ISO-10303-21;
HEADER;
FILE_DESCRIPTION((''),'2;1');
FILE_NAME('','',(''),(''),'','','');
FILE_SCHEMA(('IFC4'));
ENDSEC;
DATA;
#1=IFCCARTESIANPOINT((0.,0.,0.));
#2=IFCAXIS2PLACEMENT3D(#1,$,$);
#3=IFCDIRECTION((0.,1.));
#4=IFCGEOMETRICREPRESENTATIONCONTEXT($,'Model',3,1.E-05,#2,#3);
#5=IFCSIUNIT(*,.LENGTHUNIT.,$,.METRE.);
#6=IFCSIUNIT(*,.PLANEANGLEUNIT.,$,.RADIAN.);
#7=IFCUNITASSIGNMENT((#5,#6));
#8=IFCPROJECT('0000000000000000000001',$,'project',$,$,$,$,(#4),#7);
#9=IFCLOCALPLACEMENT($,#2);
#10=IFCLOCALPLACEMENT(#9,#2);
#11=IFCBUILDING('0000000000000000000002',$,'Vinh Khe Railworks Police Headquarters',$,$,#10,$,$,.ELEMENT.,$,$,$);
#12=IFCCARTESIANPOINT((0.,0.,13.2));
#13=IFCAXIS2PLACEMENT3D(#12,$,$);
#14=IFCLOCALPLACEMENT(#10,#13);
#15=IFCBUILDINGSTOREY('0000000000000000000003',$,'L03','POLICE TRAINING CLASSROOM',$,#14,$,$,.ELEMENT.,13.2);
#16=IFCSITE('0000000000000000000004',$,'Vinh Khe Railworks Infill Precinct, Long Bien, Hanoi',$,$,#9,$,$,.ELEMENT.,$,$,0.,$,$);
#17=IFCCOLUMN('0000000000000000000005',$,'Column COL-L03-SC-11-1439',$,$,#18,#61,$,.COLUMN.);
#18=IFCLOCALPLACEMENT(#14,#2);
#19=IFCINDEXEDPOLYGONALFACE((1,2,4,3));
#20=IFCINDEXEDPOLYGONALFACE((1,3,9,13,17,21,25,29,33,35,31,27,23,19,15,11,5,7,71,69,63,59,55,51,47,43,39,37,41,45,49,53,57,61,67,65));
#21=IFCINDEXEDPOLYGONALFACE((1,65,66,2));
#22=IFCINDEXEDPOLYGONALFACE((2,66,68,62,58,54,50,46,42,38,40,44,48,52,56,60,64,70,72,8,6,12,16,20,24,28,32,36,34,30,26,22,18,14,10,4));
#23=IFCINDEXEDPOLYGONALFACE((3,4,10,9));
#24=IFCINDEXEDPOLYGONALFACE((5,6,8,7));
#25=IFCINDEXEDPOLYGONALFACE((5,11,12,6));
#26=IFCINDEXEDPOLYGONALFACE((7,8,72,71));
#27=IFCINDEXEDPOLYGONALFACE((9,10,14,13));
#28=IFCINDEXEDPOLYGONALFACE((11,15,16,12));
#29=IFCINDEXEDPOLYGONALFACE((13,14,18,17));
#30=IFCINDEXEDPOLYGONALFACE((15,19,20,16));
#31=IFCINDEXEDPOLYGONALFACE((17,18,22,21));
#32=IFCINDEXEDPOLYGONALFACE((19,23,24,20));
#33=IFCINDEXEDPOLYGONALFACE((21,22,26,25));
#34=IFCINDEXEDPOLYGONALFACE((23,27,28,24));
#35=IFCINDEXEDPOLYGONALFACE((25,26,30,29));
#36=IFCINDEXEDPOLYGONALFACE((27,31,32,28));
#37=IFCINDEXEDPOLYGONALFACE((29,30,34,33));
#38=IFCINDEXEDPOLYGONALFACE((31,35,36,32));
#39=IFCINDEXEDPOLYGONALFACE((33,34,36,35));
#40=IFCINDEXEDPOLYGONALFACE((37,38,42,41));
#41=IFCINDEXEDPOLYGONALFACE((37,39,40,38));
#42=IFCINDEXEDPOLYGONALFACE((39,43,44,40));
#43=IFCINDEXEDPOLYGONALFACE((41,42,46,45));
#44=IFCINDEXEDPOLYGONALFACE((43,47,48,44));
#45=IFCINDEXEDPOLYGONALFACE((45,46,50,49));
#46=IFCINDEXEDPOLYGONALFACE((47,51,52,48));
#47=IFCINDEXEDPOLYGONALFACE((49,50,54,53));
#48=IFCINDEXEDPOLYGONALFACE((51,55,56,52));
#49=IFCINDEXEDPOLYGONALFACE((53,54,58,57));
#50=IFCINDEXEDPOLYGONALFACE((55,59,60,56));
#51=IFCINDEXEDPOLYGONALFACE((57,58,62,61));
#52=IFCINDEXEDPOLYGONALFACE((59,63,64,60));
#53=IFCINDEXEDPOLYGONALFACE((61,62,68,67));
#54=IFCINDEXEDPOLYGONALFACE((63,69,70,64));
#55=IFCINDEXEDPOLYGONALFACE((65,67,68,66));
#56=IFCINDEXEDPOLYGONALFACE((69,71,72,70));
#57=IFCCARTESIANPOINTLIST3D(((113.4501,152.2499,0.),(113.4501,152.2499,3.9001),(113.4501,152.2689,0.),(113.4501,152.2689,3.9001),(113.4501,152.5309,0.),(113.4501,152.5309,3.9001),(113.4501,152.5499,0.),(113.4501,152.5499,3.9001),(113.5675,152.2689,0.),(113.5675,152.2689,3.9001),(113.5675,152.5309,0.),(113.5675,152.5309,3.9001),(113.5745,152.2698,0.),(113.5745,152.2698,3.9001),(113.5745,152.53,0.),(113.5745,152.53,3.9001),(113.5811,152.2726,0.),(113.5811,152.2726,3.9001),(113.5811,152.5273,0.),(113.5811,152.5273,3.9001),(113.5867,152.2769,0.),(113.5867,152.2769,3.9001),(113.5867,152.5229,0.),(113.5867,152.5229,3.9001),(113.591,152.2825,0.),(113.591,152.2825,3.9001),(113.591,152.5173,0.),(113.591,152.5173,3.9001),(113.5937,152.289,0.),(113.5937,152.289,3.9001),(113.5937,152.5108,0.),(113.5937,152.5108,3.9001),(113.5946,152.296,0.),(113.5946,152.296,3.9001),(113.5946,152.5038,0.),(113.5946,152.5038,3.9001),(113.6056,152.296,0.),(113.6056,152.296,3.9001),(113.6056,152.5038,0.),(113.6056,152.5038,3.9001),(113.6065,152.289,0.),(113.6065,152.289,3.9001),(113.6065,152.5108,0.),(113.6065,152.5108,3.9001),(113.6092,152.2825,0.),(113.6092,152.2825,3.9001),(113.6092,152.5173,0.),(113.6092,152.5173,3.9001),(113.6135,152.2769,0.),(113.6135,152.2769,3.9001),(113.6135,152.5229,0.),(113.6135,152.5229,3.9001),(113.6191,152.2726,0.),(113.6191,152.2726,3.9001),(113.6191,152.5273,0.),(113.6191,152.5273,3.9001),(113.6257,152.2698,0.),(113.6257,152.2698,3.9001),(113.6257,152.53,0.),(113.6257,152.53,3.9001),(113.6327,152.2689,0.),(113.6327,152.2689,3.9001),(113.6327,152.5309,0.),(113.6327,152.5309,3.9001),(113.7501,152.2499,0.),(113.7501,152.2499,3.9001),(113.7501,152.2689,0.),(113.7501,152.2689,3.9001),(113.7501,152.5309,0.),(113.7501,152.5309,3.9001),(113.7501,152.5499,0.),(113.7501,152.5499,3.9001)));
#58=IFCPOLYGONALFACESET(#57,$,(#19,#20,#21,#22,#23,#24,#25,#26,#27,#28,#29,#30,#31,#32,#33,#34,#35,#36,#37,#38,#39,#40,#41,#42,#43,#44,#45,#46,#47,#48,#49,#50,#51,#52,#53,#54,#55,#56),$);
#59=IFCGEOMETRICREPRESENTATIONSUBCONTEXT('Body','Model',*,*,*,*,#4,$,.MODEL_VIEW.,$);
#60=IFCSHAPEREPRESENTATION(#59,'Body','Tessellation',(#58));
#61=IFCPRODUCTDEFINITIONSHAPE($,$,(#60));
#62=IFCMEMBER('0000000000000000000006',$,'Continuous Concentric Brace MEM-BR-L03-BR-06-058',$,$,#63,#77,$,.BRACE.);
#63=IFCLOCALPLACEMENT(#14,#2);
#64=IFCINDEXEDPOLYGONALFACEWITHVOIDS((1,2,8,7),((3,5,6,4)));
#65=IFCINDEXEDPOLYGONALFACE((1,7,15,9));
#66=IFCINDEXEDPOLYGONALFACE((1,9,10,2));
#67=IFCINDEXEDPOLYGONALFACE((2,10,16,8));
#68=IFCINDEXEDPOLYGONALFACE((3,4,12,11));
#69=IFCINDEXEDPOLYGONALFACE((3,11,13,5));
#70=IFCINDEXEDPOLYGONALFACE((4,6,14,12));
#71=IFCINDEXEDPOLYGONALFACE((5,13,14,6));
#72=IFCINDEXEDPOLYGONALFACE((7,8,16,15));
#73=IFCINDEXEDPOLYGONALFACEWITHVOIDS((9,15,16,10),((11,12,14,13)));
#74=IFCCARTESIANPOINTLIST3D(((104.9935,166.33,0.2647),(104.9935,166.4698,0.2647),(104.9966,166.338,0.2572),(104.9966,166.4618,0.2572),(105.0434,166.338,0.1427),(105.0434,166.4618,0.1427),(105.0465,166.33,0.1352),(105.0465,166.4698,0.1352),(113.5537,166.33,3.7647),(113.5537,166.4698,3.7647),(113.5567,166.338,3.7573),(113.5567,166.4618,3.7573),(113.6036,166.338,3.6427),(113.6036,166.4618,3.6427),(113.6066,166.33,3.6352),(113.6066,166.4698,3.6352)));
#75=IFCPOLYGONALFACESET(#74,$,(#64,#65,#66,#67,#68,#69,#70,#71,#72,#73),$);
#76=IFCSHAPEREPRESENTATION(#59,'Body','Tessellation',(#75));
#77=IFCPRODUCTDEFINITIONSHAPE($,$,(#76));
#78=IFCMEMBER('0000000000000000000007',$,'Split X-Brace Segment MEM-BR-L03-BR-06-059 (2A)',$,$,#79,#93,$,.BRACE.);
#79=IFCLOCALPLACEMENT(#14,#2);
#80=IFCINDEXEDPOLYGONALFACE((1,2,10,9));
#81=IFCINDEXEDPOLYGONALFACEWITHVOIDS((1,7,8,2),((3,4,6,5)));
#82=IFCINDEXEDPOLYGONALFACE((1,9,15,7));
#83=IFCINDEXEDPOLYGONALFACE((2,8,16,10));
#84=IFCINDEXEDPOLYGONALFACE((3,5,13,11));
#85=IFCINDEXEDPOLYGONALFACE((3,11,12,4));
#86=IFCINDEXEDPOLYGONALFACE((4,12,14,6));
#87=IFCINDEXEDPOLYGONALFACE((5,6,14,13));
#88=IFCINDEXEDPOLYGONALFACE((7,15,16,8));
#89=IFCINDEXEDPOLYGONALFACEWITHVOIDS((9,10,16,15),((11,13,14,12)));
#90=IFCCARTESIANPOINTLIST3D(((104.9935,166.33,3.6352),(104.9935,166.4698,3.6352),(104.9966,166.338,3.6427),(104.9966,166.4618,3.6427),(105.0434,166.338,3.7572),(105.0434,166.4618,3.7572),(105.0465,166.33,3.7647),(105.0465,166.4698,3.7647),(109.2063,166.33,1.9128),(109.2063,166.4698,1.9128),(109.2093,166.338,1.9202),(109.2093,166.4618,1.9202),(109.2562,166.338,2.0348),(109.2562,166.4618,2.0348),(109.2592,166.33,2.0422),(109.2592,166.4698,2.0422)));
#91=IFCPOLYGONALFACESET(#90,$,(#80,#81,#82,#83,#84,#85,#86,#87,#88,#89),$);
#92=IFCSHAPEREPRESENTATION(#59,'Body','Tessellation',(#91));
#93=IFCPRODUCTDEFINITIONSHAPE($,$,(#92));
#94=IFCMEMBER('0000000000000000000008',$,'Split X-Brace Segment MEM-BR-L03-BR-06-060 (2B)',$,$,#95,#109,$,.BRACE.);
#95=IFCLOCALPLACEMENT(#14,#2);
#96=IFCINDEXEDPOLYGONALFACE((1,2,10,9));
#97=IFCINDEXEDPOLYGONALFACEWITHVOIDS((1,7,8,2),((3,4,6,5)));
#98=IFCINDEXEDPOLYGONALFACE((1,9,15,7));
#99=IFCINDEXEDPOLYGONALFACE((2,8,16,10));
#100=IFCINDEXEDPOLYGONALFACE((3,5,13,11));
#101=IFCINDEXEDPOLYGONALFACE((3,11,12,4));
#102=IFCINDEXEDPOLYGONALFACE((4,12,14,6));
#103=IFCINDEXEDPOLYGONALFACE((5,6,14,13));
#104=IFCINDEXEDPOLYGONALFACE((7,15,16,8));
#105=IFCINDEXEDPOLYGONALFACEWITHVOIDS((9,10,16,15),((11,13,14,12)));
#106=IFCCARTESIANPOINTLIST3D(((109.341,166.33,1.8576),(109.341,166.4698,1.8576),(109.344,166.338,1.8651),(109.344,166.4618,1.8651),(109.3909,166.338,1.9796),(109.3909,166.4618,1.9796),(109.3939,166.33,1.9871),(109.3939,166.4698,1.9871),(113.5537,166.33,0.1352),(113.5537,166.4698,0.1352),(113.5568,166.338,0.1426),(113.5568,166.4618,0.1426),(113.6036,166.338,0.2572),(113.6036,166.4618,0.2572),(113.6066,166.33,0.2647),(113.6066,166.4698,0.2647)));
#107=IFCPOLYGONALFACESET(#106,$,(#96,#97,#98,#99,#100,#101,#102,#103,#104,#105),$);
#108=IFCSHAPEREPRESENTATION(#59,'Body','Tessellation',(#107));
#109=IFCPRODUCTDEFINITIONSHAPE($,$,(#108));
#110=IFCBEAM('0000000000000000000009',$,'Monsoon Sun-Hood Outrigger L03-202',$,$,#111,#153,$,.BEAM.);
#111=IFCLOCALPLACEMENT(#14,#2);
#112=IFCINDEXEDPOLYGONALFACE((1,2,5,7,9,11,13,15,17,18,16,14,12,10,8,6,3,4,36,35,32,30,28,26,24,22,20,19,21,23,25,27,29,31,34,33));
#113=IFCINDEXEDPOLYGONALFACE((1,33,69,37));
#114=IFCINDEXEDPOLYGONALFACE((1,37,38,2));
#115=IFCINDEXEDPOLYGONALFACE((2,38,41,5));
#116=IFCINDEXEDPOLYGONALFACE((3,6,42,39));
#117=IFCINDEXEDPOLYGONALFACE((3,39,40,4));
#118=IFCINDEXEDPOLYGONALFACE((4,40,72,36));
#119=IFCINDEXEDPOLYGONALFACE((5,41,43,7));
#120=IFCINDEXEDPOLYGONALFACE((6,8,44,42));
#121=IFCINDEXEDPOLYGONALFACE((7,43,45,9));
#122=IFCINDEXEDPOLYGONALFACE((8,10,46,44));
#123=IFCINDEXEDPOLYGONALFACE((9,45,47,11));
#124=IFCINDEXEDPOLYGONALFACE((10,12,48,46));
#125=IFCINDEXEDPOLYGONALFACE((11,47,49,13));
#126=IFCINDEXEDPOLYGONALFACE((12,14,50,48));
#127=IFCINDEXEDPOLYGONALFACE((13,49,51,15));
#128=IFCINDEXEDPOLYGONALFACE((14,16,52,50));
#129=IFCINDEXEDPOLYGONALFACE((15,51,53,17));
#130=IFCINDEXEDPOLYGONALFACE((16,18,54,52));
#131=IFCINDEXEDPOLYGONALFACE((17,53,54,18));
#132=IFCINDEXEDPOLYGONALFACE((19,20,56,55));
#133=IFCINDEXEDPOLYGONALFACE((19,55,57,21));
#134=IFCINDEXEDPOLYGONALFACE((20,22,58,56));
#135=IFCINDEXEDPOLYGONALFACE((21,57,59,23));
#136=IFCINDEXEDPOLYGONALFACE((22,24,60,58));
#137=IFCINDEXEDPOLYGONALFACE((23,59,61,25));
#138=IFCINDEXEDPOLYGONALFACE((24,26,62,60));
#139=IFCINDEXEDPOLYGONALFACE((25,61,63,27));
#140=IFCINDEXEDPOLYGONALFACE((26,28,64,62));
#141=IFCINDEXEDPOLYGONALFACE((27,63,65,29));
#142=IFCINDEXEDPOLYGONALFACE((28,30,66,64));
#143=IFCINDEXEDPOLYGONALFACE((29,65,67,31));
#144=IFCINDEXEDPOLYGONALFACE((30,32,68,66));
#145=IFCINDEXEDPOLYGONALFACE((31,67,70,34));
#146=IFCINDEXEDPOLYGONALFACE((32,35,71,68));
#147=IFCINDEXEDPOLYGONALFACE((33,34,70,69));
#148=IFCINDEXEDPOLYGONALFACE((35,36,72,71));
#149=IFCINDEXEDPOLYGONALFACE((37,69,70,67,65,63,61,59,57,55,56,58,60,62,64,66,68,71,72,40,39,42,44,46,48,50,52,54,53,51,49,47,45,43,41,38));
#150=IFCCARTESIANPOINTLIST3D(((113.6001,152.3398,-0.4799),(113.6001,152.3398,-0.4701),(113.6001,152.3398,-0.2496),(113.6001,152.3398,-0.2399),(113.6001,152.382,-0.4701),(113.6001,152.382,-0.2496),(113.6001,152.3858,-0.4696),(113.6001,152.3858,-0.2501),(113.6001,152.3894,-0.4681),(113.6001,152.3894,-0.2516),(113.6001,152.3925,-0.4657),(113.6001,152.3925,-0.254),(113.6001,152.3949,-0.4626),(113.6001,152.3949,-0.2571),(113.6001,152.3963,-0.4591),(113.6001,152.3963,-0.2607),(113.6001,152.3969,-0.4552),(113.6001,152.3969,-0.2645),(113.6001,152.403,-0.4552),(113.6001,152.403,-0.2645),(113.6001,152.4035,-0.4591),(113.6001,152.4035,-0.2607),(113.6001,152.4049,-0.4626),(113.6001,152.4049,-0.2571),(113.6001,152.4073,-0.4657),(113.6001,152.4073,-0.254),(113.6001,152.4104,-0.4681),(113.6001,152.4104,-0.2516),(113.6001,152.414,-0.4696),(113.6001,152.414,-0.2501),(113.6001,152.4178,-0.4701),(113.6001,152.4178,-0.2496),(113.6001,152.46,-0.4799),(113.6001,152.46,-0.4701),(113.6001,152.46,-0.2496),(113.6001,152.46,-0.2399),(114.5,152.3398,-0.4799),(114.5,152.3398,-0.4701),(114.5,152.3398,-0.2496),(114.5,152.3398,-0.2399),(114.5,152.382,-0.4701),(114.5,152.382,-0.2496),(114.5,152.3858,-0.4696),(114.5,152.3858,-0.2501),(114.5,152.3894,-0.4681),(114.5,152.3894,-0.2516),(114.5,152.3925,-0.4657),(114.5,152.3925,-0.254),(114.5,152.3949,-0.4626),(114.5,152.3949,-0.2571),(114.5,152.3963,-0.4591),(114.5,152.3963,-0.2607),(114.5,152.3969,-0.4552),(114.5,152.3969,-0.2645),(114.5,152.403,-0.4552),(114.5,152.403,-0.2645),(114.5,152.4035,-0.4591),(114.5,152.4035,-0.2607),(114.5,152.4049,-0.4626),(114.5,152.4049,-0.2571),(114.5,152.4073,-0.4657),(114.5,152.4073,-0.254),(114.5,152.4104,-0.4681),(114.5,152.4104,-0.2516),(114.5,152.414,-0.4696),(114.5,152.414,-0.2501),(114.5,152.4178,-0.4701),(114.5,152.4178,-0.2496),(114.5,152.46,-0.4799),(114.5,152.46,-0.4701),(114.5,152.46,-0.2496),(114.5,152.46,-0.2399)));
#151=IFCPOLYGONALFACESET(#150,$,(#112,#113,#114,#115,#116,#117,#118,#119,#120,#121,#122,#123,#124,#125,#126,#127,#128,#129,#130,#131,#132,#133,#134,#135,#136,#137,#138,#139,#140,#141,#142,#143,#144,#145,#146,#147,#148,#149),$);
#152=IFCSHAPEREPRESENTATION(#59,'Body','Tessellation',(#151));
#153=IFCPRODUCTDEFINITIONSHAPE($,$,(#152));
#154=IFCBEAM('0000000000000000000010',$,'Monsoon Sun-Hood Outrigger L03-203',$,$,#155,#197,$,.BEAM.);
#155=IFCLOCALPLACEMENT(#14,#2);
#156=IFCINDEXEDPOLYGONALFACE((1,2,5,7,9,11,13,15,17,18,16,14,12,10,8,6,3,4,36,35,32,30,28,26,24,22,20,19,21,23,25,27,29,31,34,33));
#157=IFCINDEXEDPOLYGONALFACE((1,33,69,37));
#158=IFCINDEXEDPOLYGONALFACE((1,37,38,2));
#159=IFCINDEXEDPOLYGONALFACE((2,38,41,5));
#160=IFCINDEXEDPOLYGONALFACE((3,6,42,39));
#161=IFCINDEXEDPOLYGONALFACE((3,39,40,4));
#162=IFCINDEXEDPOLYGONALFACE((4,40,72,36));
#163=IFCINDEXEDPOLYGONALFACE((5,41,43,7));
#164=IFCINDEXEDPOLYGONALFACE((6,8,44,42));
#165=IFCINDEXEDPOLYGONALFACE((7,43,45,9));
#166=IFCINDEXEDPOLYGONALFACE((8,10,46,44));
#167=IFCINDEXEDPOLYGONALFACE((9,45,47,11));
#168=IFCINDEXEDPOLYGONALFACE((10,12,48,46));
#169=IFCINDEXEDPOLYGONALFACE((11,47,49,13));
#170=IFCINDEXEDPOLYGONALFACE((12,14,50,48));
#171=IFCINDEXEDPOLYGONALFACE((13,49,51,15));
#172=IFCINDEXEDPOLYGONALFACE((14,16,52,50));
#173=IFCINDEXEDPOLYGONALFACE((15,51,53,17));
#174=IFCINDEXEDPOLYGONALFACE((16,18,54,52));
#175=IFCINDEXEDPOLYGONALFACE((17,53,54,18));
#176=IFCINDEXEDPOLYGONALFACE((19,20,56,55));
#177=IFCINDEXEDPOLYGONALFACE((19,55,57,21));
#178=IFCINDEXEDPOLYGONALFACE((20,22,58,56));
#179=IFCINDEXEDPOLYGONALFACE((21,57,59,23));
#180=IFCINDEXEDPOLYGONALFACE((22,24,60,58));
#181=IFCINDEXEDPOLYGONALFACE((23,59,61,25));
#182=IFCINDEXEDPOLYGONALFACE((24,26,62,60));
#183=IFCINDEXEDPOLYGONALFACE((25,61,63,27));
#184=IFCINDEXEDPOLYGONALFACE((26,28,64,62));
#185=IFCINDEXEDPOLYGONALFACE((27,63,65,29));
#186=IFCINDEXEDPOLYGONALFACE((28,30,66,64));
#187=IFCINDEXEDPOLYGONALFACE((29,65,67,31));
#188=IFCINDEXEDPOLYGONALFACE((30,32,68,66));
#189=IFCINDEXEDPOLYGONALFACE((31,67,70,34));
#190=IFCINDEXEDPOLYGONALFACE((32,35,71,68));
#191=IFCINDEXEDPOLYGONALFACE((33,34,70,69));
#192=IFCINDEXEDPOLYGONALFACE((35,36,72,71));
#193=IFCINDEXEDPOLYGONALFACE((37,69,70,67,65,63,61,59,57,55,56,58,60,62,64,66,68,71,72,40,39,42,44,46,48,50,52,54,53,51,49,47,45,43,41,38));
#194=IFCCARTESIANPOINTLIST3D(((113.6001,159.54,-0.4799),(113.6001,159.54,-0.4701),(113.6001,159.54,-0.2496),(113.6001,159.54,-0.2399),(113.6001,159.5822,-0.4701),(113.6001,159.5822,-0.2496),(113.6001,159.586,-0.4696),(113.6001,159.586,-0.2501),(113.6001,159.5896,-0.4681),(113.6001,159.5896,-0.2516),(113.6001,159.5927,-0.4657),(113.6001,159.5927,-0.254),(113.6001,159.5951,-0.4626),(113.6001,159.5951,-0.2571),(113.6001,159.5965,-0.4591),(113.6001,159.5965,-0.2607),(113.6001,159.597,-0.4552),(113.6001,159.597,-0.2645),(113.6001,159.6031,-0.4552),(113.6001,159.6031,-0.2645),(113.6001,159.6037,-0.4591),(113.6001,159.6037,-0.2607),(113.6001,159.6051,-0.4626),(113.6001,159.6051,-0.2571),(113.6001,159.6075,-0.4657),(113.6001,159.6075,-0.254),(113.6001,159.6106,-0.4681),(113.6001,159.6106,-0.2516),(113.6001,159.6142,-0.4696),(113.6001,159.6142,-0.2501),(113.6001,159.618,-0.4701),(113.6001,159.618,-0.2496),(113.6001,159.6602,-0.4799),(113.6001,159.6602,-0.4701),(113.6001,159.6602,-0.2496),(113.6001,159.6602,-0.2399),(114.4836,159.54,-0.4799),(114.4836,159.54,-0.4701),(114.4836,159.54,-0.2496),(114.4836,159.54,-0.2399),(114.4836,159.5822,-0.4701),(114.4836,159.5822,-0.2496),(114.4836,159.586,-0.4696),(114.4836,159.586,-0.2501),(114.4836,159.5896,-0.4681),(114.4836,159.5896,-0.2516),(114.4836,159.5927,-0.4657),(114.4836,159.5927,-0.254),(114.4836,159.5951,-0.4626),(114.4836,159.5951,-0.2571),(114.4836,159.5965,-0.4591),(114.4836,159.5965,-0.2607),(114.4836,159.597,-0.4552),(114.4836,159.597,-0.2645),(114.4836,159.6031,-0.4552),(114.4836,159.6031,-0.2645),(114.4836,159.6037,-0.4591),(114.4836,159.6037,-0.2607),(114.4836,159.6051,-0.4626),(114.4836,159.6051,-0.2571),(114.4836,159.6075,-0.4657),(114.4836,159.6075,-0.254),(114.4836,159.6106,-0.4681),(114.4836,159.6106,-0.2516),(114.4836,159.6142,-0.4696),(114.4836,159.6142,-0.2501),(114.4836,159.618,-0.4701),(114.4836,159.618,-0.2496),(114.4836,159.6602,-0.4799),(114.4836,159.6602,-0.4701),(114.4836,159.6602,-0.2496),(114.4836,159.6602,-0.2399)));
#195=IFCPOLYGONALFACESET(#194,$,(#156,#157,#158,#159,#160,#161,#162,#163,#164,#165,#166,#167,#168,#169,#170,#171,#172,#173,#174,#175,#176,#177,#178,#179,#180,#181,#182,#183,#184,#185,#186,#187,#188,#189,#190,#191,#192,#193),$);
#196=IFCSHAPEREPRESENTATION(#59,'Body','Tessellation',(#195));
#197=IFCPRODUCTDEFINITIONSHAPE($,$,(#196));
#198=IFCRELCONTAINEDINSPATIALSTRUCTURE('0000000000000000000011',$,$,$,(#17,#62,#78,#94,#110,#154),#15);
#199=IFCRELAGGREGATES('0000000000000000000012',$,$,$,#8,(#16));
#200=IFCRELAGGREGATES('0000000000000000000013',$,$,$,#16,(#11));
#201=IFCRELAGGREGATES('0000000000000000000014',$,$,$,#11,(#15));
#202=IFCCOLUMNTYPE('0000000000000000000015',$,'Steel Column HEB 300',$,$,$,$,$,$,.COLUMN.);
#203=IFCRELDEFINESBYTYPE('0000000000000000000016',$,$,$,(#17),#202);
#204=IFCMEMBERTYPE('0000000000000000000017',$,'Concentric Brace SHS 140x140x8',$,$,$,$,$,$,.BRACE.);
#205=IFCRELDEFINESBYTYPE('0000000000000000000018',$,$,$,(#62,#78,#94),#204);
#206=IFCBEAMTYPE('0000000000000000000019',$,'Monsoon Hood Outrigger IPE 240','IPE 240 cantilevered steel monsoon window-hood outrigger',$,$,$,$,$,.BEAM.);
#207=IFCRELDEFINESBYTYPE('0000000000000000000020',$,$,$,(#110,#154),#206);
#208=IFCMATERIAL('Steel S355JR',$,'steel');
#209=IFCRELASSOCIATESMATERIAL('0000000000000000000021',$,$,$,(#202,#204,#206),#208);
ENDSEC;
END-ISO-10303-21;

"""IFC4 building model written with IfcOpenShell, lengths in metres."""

from ifc_helpers import new_model, si_unit, direction, frame, origin, origin_2d, place, context, subcontext, project, spatial, hollow_rectangle, i_section, extrude, material, material_profile, profile_set, type_object, element, save


model = new_model("IFC4")

# Units and contexts
model_context = context("Model", 3, precision=1e-05, world=origin(), true_north=direction((0.0, 1.0)))
body_context = subcontext(model_context, "Body", "Model", "MODEL_VIEW")
ifc_project = project(units=[si_unit("LENGTHUNIT", "METRE"), si_unit("PLANEANGLEUNIT", "RADIAN")], contexts=[model_context])

# Site, building, storey
site_placement = place(None, origin())
site = spatial("IfcSite", under=ifc_project, at=site_placement, Name="Vinh Khe Railworks Infill Precinct, Long Bien, Hanoi", CompositionType="ELEMENT", RefElevation=0.0)
building_placement = place(site_placement, origin())
building = spatial("IfcBuilding", under=site, at=building_placement, Name="Vinh Khe Railworks Police Headquarters", CompositionType="ELEMENT")
storey_placement = place(building_placement, frame((0.0, 0.0, 13.2)))
storey = spatial("IfcBuildingStorey", under=building, at=storey_placement, Name="L03", Description="POLICE TRAINING CLASSROOM", CompositionType="ELEMENT", Elevation=13.2)

# Column
ifc_material_1 = material(Name="Steel S355JR", Category="steel")
ifc_material_profile_1 = material_profile(ifc_material_1, i_section(OverallWidth=0.3, OverallDepth=0.3, WebThickness=0.011, FlangeThickness=0.019, FilletRadius=0.0271, at=origin_2d()), Name="HEB 300")
ifc_profile_set_1 = profile_set([ifc_material_profile_1], Name="Steel S355JR")
column_type_1 = type_object("IfcColumnType", Name="Steel Column HEB 300", PredefinedType="COLUMN", material=ifc_profile_set_1)
column_placement = place(storey_placement, frame((113.6001, 152.3999, 0.0), z_axis=(0.0, 0.0, 1.0), x_axis=(1.0, 0.0, 0.0)))
element("IfcColumn", 1, at=column_placement, inside=storey, type_object=column_type_1, Name="Column COL-L03-SC-11-1439", PredefinedType="COLUMN", context=body_context, shape_type="SweptSolid", body=[
    extrude(i_section(OverallWidth=0.3, OverallDepth=0.3, WebThickness=0.011, FlangeThickness=0.019, FilletRadius=0.0271, at=origin_2d()), origin(), (0.0, 0.0, 1.0), 3.9001),
])

# Members
ifc_material_profile_2 = material_profile(ifc_material_1, hollow_rectangle(XDim=0.1399, YDim=0.1399, WallThickness=0.0081, at=origin_2d()), Name="SHS 140x140x8")
ifc_profile_set_2 = profile_set([ifc_material_profile_2], Name="Steel S355JR")
member_type = type_object("IfcMemberType", Name="Concentric Brace SHS 140x140x8", PredefinedType="BRACE", material=ifc_profile_set_2)
member_placement = place(storey_placement, frame((105.02, 166.3999, 0.2), z_axis=(0.925617, 0.0, 0.378462), x_axis=(0.0, 1.0, 0.0)))
element("IfcMember", 2, at=member_placement, inside=storey, type_object=member_type, Name="Continuous Concentric Brace MEM-BR-L03-BR-06-058", PredefinedType="BRACE", context=body_context, shape_type="SweptSolid", body=[
    extrude(hollow_rectangle(XDim=0.1399, YDim=0.1399, WallThickness=0.0081, at=origin_2d()), origin(), (0.0, 0.0, 1.0), 9.248),
])
for number, where, z_axis, x_axis, name in (
    (3, (105.02, 166.3999, 3.7), (0.92562, 0.0, -0.378455), (0.0, 1.0, 0.0), "Split X-Brace Segment MEM-BR-L03-BR-06-059 (2A)"),
    (4, (109.3674, 166.3999, 1.9224), (0.92562, 0.0, -0.378455), (0.0, 1.0, 0.0), "Split X-Brace Segment MEM-BR-L03-BR-06-060 (2B)"),
):
    element("IfcMember", number, at=place(storey_placement, frame(where, z_axis=z_axis, x_axis=x_axis)), inside=storey, type_object=member_type, Name=name, PredefinedType="BRACE", context=body_context, shape_type="SweptSolid", body=[
        extrude(hollow_rectangle(XDim=0.1399, YDim=0.1399, WallThickness=0.0081, at=origin_2d()), origin(), (0.0, 0.0, 1.0), 4.5513),
    ])

# Beams
ifc_material_profile_3 = material_profile(ifc_material_1, i_section(OverallWidth=0.1201, OverallDepth=0.24, WebThickness=0.0061, FlangeThickness=0.0098, FilletRadius=0.0149, at=origin_2d()), Name="IPE 240")
ifc_profile_set_3 = profile_set([ifc_material_profile_3], Name="Steel S355JR")
beam_type_1 = type_object("IfcBeamType", Name="Monsoon Hood Outrigger IPE 240", Description="IPE 240 cantilevered steel monsoon window-hood outrigger", PredefinedType="BEAM", material=ifc_profile_set_3)
beam_1_placement = place(storey_placement, frame((113.6001, 152.3999, -0.3599), z_axis=(1.0, 0.0, 0.0), x_axis=(0.0, 1.0, 0.0)))
element("IfcBeam", 5, at=beam_1_placement, inside=storey, type_object=beam_type_1, Name="Monsoon Sun-Hood Outrigger L03-202", PredefinedType="BEAM", context=body_context, shape_type="SweptSolid", body=[
    extrude(i_section(OverallWidth=0.1201, OverallDepth=0.24, WebThickness=0.0061, FlangeThickness=0.0098, FilletRadius=0.0149, at=origin_2d()), origin(), (0.0, 0.0, 1.0), 0.8999),
])
beam_2_placement = place(storey_placement, frame((113.6001, 159.6001, -0.3599), z_axis=(1.0, 0.0, 0.0), x_axis=(0.0, 1.0, 0.0)))
element("IfcBeam", 6, at=beam_2_placement, inside=storey, type_object=beam_type_1, Name="Monsoon Sun-Hood Outrigger L03-203", PredefinedType="BEAM", context=body_context, shape_type="SweptSolid", body=[
    extrude(i_section(OverallWidth=0.1201, OverallDepth=0.24, WebThickness=0.0061, FlangeThickness=0.0098, FilletRadius=0.0149, at=origin_2d()), origin(), (0.0, 0.0, 1.0), 0.8835),
])

save(model, "model.ifc")
